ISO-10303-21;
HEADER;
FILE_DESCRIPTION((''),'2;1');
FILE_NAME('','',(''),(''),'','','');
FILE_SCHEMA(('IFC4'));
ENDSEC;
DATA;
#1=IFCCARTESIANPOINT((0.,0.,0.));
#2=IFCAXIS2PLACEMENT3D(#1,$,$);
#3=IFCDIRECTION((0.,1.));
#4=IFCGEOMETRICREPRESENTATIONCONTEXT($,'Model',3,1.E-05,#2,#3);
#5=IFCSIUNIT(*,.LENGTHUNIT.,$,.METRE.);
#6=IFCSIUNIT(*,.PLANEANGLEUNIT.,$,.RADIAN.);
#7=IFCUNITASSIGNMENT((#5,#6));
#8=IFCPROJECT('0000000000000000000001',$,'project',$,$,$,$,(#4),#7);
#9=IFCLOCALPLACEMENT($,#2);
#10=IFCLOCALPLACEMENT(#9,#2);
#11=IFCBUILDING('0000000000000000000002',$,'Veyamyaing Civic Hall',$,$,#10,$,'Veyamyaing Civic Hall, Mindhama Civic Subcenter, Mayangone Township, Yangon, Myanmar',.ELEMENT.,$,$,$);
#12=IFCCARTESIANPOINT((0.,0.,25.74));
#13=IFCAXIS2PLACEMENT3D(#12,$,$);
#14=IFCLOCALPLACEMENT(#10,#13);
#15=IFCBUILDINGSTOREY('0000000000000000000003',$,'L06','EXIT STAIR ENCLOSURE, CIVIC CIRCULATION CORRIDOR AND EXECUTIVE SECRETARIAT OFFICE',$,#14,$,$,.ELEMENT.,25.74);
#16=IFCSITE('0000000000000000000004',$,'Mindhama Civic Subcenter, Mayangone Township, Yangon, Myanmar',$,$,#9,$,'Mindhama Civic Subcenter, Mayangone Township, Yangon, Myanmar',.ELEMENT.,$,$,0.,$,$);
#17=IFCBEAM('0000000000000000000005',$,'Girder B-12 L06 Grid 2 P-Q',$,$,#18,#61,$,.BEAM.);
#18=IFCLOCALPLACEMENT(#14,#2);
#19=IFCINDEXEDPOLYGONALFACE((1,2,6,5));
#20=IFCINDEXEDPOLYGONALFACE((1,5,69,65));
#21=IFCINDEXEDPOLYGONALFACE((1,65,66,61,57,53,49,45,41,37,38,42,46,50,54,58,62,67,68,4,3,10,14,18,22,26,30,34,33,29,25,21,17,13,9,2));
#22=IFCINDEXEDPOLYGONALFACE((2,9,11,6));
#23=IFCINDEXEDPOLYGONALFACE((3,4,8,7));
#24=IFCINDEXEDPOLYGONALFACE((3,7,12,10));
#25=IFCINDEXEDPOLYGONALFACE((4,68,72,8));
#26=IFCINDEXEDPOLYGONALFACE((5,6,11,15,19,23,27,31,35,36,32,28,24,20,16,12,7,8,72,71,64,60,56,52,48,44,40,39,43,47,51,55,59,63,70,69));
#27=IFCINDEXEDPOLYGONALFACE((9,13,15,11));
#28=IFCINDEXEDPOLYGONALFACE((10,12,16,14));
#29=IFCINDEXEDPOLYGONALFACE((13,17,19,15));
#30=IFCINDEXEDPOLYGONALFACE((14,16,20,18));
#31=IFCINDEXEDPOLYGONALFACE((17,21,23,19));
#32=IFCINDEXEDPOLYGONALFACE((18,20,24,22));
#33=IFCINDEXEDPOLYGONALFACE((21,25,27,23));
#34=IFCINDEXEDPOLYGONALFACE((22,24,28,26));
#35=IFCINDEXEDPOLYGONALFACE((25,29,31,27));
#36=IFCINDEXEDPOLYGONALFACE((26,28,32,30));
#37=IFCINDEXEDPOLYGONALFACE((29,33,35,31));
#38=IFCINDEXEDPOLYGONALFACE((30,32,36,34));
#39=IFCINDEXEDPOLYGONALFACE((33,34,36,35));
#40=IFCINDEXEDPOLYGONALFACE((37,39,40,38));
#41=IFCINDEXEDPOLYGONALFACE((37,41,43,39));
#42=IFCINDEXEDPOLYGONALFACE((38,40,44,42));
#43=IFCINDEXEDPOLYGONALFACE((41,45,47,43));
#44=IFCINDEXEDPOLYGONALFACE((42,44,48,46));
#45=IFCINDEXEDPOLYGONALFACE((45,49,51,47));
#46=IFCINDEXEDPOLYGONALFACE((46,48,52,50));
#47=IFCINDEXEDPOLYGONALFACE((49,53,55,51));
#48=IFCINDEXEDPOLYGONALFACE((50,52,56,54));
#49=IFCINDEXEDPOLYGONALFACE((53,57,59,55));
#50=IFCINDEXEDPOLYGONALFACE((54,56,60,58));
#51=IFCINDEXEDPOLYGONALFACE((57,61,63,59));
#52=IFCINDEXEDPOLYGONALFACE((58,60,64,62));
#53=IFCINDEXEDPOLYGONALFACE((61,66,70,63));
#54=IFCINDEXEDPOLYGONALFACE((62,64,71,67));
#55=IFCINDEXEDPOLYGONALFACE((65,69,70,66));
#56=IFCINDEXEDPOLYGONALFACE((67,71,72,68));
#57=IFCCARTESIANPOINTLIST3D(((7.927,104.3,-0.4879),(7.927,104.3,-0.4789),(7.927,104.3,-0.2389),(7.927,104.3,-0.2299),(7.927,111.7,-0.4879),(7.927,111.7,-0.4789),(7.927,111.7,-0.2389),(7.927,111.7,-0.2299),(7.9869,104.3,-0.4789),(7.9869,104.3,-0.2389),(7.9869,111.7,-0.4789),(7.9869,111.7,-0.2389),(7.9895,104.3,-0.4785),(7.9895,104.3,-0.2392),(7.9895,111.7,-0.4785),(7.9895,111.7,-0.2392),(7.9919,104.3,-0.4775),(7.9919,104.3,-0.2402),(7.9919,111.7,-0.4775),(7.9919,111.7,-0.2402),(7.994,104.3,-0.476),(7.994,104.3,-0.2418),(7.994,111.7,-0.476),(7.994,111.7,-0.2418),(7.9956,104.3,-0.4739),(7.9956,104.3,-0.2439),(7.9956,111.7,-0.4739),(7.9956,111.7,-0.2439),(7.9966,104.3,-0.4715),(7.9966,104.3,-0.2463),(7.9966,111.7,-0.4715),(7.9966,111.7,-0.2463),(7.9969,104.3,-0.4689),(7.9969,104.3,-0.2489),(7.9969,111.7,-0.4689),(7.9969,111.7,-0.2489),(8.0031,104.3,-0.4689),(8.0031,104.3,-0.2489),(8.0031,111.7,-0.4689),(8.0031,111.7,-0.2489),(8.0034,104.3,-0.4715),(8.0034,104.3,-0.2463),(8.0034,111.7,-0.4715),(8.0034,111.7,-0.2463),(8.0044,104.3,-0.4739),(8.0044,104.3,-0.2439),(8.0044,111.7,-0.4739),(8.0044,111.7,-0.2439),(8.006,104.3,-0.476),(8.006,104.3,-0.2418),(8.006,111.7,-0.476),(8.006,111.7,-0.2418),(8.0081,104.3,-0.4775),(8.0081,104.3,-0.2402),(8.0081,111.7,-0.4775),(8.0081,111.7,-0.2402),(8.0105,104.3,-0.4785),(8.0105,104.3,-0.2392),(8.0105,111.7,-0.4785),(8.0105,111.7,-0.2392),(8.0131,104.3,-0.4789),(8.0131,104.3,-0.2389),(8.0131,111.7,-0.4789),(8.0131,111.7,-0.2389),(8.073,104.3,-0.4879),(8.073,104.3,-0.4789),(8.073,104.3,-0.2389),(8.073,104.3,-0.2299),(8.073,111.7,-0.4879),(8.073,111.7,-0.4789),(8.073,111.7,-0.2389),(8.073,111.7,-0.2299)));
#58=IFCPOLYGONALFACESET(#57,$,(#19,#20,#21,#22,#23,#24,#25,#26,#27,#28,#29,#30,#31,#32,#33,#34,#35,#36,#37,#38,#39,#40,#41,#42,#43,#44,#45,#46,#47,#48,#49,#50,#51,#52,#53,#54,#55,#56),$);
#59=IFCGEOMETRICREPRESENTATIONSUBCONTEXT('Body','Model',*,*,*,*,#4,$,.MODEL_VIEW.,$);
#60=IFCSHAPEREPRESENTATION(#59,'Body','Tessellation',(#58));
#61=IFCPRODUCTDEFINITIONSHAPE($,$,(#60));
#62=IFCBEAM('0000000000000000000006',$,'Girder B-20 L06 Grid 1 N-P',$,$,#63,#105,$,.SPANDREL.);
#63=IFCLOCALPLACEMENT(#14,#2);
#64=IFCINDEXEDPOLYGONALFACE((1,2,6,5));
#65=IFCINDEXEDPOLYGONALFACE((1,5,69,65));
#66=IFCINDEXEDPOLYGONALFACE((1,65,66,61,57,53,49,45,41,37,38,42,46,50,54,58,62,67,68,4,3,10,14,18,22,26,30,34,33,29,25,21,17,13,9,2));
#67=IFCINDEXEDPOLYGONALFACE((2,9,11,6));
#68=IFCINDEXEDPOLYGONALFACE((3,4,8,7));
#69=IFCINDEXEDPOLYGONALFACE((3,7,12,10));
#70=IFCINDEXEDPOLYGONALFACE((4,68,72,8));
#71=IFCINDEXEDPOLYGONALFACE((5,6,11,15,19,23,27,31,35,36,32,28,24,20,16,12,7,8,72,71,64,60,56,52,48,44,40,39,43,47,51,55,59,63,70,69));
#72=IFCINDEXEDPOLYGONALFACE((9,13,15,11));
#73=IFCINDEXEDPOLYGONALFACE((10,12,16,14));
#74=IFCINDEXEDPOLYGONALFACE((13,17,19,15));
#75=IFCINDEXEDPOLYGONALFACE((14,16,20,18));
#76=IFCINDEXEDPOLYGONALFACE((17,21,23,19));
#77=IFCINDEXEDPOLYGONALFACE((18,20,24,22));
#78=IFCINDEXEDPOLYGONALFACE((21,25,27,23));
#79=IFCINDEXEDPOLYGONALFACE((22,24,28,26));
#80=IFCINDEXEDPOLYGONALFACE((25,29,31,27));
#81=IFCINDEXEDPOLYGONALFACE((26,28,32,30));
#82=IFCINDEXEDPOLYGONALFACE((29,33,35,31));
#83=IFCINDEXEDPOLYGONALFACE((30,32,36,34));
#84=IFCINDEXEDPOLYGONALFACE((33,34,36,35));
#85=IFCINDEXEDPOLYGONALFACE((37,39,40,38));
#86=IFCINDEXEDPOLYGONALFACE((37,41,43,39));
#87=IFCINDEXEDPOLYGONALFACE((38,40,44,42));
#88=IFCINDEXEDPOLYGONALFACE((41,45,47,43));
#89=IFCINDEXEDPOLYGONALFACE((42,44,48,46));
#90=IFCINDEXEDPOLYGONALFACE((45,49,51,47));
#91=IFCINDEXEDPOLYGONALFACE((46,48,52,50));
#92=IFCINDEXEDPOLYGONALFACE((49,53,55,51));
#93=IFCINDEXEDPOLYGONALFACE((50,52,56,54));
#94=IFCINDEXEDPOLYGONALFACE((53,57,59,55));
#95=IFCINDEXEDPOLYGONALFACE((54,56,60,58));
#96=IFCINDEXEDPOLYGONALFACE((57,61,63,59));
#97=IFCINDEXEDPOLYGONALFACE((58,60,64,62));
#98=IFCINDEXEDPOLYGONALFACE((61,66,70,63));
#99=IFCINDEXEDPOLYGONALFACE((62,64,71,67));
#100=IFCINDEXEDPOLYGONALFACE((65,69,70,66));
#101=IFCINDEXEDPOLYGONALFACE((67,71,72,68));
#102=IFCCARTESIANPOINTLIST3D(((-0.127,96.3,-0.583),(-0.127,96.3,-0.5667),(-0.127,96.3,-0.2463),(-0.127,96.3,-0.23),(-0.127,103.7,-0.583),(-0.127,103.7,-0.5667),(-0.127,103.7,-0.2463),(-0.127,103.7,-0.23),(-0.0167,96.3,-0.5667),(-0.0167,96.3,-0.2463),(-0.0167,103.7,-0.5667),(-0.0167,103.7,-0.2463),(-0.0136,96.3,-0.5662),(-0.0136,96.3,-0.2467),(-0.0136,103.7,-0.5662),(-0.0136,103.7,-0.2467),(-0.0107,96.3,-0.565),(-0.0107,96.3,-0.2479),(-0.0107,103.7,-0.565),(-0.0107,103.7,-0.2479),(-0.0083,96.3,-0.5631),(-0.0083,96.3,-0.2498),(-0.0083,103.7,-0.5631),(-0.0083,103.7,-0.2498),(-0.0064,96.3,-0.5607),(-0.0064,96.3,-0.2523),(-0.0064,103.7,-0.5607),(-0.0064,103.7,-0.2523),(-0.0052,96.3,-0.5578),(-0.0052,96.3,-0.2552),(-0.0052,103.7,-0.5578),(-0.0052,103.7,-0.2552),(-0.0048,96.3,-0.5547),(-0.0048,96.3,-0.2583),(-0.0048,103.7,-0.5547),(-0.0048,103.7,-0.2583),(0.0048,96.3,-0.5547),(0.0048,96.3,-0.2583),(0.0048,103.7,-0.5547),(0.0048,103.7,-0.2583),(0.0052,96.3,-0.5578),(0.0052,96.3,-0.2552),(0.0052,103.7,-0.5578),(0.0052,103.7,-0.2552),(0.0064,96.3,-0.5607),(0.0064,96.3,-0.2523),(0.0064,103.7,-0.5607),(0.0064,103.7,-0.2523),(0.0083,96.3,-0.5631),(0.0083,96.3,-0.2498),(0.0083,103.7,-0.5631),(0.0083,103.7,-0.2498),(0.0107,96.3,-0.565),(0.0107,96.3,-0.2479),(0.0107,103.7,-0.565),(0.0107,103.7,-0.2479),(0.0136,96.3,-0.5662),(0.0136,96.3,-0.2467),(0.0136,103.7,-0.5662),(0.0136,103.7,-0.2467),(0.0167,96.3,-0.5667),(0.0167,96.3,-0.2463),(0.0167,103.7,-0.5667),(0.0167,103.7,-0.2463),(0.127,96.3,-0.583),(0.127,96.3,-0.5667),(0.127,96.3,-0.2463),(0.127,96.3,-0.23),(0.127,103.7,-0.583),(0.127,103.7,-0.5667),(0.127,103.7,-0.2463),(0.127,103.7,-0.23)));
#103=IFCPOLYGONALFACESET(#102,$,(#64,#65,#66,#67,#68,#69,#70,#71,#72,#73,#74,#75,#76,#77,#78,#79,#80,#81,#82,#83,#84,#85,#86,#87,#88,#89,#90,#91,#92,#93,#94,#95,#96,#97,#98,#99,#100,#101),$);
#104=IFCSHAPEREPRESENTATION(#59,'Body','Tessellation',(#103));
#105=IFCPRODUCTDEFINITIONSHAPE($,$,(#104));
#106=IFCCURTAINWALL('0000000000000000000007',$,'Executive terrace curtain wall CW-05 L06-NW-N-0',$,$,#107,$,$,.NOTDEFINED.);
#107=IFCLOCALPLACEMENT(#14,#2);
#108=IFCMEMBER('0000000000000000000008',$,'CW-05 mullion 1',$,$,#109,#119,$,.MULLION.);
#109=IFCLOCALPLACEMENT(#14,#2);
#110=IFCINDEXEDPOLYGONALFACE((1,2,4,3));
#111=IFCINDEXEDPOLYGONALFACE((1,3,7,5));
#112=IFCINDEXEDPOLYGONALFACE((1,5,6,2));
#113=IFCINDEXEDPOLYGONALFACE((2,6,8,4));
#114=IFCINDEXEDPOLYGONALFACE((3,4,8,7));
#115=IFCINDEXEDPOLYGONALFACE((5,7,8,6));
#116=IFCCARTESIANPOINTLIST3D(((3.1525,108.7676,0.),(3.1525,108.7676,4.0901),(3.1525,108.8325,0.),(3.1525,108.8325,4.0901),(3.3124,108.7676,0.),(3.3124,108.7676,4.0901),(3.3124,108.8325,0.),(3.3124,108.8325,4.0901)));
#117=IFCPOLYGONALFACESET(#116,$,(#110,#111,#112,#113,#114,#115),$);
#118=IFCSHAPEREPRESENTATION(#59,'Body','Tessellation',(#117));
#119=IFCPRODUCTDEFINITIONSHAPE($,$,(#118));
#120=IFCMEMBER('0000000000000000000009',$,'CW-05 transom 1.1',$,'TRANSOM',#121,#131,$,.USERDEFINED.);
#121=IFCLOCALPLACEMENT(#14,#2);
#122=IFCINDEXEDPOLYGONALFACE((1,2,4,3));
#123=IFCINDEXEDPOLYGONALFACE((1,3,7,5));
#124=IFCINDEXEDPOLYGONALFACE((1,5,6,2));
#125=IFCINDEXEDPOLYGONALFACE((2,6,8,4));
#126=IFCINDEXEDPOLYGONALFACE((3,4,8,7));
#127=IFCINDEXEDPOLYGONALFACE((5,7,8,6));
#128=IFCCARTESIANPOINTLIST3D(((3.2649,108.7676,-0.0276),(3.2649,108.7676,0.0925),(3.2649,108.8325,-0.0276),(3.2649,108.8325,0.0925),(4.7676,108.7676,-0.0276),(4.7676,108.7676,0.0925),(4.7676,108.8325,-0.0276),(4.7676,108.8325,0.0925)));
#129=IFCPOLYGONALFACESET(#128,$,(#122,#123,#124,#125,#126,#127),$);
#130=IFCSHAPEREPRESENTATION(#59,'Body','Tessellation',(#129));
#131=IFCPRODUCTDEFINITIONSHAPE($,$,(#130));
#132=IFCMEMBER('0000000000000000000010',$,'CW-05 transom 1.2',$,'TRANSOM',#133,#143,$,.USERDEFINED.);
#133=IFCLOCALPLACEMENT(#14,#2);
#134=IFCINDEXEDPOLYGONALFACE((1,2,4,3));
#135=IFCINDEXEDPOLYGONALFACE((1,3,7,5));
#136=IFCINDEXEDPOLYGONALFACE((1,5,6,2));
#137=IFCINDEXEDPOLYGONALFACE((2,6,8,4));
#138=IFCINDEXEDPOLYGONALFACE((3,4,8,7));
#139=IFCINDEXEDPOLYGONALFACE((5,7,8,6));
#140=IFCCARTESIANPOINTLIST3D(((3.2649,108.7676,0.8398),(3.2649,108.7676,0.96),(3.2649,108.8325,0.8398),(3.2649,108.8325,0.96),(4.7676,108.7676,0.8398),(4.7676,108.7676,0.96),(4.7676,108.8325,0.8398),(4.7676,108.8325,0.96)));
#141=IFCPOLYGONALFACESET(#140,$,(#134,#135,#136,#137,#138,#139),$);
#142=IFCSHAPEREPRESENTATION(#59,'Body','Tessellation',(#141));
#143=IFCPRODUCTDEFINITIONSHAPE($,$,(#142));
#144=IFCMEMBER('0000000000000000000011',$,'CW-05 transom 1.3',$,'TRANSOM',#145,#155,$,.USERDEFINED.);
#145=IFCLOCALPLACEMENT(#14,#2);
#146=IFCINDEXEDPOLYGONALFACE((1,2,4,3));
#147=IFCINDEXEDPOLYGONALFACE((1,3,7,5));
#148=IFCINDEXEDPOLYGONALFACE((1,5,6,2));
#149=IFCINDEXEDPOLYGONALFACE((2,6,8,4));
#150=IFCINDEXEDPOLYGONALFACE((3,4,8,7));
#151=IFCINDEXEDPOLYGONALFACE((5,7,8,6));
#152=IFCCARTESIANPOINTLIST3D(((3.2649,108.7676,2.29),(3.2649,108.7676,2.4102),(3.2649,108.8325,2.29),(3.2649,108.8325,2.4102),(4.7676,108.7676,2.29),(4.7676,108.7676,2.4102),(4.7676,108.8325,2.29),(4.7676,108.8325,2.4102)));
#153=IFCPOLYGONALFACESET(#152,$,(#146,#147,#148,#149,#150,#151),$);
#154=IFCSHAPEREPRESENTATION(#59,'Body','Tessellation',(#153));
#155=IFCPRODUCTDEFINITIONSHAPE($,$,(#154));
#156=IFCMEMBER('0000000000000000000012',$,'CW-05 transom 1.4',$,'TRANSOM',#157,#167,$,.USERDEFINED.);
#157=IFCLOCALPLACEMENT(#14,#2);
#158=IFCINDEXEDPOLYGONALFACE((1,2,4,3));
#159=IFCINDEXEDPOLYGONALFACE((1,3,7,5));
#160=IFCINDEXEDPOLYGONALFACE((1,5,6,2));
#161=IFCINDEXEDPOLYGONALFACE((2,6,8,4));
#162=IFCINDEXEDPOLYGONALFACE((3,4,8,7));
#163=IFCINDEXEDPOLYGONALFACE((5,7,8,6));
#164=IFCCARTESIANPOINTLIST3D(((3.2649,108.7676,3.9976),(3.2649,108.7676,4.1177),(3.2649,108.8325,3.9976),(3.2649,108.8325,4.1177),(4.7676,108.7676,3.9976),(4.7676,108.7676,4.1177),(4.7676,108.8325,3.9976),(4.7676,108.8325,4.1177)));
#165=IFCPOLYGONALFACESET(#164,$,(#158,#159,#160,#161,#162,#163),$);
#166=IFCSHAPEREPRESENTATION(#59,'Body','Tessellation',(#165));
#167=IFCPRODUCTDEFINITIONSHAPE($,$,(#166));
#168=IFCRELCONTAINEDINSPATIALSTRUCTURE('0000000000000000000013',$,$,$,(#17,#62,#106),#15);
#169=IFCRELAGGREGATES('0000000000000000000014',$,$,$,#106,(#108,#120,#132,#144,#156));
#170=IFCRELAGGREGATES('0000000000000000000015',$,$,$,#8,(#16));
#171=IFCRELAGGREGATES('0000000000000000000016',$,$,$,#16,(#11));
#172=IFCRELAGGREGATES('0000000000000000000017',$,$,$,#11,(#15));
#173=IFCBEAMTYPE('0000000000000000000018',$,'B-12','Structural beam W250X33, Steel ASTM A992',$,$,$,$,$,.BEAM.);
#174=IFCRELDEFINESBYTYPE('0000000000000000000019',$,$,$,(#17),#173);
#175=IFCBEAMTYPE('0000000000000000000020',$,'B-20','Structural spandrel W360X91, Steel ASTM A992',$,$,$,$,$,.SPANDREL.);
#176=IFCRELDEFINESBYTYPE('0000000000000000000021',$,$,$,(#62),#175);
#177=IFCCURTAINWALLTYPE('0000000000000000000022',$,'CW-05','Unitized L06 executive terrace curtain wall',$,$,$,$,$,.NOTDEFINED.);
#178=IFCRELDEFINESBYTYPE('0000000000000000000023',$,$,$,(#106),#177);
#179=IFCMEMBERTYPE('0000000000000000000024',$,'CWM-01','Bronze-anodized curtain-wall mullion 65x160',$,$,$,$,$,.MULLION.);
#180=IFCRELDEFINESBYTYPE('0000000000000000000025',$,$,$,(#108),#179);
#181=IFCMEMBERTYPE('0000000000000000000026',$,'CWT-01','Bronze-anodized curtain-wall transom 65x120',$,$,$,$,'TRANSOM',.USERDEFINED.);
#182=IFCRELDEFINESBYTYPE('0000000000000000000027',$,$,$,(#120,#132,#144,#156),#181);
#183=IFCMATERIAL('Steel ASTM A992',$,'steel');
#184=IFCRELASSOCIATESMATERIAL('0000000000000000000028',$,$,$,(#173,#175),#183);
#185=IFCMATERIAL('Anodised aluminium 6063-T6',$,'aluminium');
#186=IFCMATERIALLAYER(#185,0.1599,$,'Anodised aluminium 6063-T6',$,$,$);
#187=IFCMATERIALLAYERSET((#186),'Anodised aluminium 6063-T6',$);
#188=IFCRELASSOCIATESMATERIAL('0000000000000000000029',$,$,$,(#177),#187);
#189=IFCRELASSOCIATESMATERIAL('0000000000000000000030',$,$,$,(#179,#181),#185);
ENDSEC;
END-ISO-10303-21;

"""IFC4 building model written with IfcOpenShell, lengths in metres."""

from ifc_helpers import new_model, si_unit, direction, frame, origin, origin_2d, place, context, subcontext, project, spatial, rectangle, i_section, extrude, material, layer, layer_set, material_profile, profile_set, type_object, element, aggregate, save


model = new_model("IFC4")

# Units and contexts
model_context = context("Model", 3, precision=1e-05, world=origin(), true_north=direction((0.0, 1.0)))
body_context = subcontext(model_context, "Body", "Model", "MODEL_VIEW")
ifc_project = project(units=[si_unit("LENGTHUNIT", "METRE"), si_unit("PLANEANGLEUNIT", "RADIAN")], contexts=[model_context])

# Site, building, storey
site_placement = place(None, origin())
site = spatial("IfcSite", under=ifc_project, at=site_placement, Name="Mindhama Civic Subcenter, Mayangone Township, Yangon, Myanmar", LongName="Mindhama Civic Subcenter, Mayangone Township, Yangon, Myanmar", CompositionType="ELEMENT", RefElevation=0.0)
building_placement = place(site_placement, origin())
building = spatial("IfcBuilding", under=site, at=building_placement, Name="Veyamyaing Civic Hall", LongName="Veyamyaing Civic Hall, Mindhama Civic Subcenter, Mayangone Township, Yangon, Myanmar", CompositionType="ELEMENT")
storey_placement = place(building_placement, frame((0.0, 0.0, 25.74)))
storey = spatial("IfcBuildingStorey", under=building, at=storey_placement, Name="L06", Description="EXIT STAIR ENCLOSURE, CIVIC CIRCULATION CORRIDOR AND EXECUTIVE SECRETARIAT OFFICE", CompositionType="ELEMENT", Elevation=25.74)

# Beams
ifc_material_1 = material(Name="Steel ASTM A992", Category="steel")
ifc_material_profile_1 = material_profile(ifc_material_1, i_section(OverallWidth=0.146, OverallDepth=0.2581, WebThickness=0.0061, FlangeThickness=0.009, FilletRadius=0.01, at=origin_2d()), Name="W250X33")
ifc_profile_set_1 = profile_set([ifc_material_profile_1], Name="Steel ASTM A992")
beam_type_1 = type_object("IfcBeamType", Name="B-12", Description="Structural beam W250X33, Steel ASTM A992", PredefinedType="BEAM", material=ifc_profile_set_1)
beam_1_placement = place(storey_placement, frame((8.0, 104.3, -0.3589), z_axis=(0.0, 1.0, 0.0), x_axis=(-1.0, 0.0, 0.0)))
element("IfcBeam", 1, at=beam_1_placement, inside=storey, type_object=beam_type_1, Name="Girder B-12 L06 Grid 2 P-Q", PredefinedType="BEAM", context=body_context, shape_type="SweptSolid", body=[
    extrude(i_section(OverallWidth=0.146, OverallDepth=0.2581, WebThickness=0.0061, FlangeThickness=0.009, FilletRadius=0.01, at=origin_2d()), origin(), (0.0, 0.0, 1.0), 7.3999),
])
ifc_material_profile_2 = material_profile(ifc_material_1, i_section(OverallWidth=0.2539, OverallDepth=0.353, WebThickness=0.0095, FlangeThickness=0.0164, FilletRadius=0.012, at=origin_2d()), Name="W360X91")
ifc_profile_set_2 = profile_set([ifc_material_profile_2], Name="Steel ASTM A992")
beam_type_2 = type_object("IfcBeamType", Name="B-20", Description="Structural spandrel W360X91, Steel ASTM A992", PredefinedType="SPANDREL", material=ifc_profile_set_2)
beam_2_placement = place(storey_placement, frame((0.0, 96.3, -0.4065), z_axis=(0.0, 1.0, 0.0), x_axis=(-1.0, 0.0, 0.0)))
element("IfcBeam", 2, at=beam_2_placement, inside=storey, type_object=beam_type_2, Name="Girder B-20 L06 Grid 1 N-P", PredefinedType="SPANDREL", context=body_context, shape_type="SweptSolid", body=[
    extrude(i_section(OverallWidth=0.2539, OverallDepth=0.353, WebThickness=0.0095, FlangeThickness=0.0164, FilletRadius=0.012, at=origin_2d()), origin(), (0.0, 0.0, 1.0), 7.3999),
])

# Curtain wall, members
ifc_material_2 = material(Name="Anodised aluminium 6063-T6", Category="aluminium")
ifc_layer_1 = layer(ifc_material_2, 0.1599, Name="Anodised aluminium 6063-T6")
ifc_layer_set_1 = layer_set([ifc_layer_1], Name="Anodised aluminium 6063-T6")
curtain_wall_type = type_object("IfcCurtainWallType", Name="CW-05", Description="Unitized L06 executive terrace curtain wall", PredefinedType="NOTDEFINED", material=ifc_layer_set_1)
curtain_wall_placement = place(storey_placement, origin())
curtain_wall = element("IfcCurtainWall", 3, at=curtain_wall_placement, inside=storey, type_object=curtain_wall_type, Name="Executive terrace curtain wall CW-05 L06-NW-N-0", PredefinedType="NOTDEFINED")
ifc_material_profile_3 = material_profile(ifc_material_2, rectangle(XDim=0.0649, YDim=0.1599, at=origin_2d()), Name="ALU-MUL-65X160")
ifc_profile_set_3 = profile_set([ifc_material_profile_3], Name="Anodised aluminium 6063-T6")
member_type_1 = type_object("IfcMemberType", Name="CWM-01", Description="Bronze-anodized curtain-wall mullion 65x160", PredefinedType="MULLION", material=ifc_profile_set_3)
member_1_placement = place(storey_placement, frame((3.2324, 108.8, 0.0), z_axis=(0.0, 0.0, 1.0), x_axis=(0.0, 1.0, 0.0)))
member_1 = element("IfcMember", 4, at=member_1_placement, type_object=member_type_1, Name="CW-05 mullion 1", PredefinedType="MULLION", context=body_context, shape_type="SweptSolid", body=[
    extrude(rectangle(XDim=0.0649, YDim=0.1599, at=origin_2d()), origin(), (0.0, 0.0, 1.0), 4.0901),
])
ifc_material_profile_4 = material_profile(ifc_material_2, rectangle(XDim=0.0649, YDim=0.1201, at=origin_2d()), Name="ALU-TRN-65X120")
ifc_profile_set_4 = profile_set([ifc_material_profile_4], Name="Anodised aluminium 6063-T6")
member_type_2 = type_object("IfcMemberType", Name="CWT-01", Description="Bronze-anodized curtain-wall transom 65x120", ElementType="TRANSOM", PredefinedType="USERDEFINED", material=ifc_profile_set_4)
member_2_placement = place(storey_placement, frame((3.2649, 108.8, 0.0325), z_axis=(1.0, 0.0, 0.0), x_axis=(0.0, 1.0, 0.0)))
member_2 = element("IfcMember", 5, at=member_2_placement, type_object=member_type_2, Name="CW-05 transom 1.1", ObjectType="TRANSOM", PredefinedType="USERDEFINED", context=body_context, shape_type="SweptSolid", body=[
    extrude(rectangle(XDim=0.0649, YDim=0.1201, at=origin_2d()), origin(), (0.0, 0.0, 1.0), 1.5027),
])
member_3_placement = place(storey_placement, frame((3.2649, 108.8, 0.8999), z_axis=(1.0, 0.0, 0.0), x_axis=(0.0, 1.0, 0.0)))
member_3 = element("IfcMember", 6, at=member_3_placement, type_object=member_type_2, Name="CW-05 transom 1.2", ObjectType="TRANSOM", PredefinedType="USERDEFINED", context=body_context, shape_type="SweptSolid", body=[
    extrude(rectangle(XDim=0.0649, YDim=0.1201, at=origin_2d()), origin(), (0.0, 0.0, 1.0), 1.5027),
])
member_4_placement = place(storey_placement, frame((3.2649, 108.8, 2.3501), z_axis=(1.0, 0.0, 0.0), x_axis=(0.0, 1.0, 0.0)))
member_4 = element("IfcMember", 7, at=member_4_placement, type_object=member_type_2, Name="CW-05 transom 1.3", ObjectType="TRANSOM", PredefinedType="USERDEFINED", context=body_context, shape_type="SweptSolid", body=[
    extrude(rectangle(XDim=0.0649, YDim=0.1201, at=origin_2d()), origin(), (0.0, 0.0, 1.0), 1.5027),
])
member_5_placement = place(storey_placement, frame((3.2649, 108.8, 4.0576), z_axis=(1.0, 0.0, 0.0), x_axis=(0.0, 1.0, 0.0)))
member_5 = element("IfcMember", 8, at=member_5_placement, type_object=member_type_2, Name="CW-05 transom 1.4", ObjectType="TRANSOM", PredefinedType="USERDEFINED", context=body_context, shape_type="SweptSolid", body=[
    extrude(rectangle(XDim=0.0649, YDim=0.1201, at=origin_2d()), origin(), (0.0, 0.0, 1.0), 1.5027),
])

aggregate(curtain_wall, [member_1, member_2, member_3, member_4, member_5])

save(model, "model.ifc")
